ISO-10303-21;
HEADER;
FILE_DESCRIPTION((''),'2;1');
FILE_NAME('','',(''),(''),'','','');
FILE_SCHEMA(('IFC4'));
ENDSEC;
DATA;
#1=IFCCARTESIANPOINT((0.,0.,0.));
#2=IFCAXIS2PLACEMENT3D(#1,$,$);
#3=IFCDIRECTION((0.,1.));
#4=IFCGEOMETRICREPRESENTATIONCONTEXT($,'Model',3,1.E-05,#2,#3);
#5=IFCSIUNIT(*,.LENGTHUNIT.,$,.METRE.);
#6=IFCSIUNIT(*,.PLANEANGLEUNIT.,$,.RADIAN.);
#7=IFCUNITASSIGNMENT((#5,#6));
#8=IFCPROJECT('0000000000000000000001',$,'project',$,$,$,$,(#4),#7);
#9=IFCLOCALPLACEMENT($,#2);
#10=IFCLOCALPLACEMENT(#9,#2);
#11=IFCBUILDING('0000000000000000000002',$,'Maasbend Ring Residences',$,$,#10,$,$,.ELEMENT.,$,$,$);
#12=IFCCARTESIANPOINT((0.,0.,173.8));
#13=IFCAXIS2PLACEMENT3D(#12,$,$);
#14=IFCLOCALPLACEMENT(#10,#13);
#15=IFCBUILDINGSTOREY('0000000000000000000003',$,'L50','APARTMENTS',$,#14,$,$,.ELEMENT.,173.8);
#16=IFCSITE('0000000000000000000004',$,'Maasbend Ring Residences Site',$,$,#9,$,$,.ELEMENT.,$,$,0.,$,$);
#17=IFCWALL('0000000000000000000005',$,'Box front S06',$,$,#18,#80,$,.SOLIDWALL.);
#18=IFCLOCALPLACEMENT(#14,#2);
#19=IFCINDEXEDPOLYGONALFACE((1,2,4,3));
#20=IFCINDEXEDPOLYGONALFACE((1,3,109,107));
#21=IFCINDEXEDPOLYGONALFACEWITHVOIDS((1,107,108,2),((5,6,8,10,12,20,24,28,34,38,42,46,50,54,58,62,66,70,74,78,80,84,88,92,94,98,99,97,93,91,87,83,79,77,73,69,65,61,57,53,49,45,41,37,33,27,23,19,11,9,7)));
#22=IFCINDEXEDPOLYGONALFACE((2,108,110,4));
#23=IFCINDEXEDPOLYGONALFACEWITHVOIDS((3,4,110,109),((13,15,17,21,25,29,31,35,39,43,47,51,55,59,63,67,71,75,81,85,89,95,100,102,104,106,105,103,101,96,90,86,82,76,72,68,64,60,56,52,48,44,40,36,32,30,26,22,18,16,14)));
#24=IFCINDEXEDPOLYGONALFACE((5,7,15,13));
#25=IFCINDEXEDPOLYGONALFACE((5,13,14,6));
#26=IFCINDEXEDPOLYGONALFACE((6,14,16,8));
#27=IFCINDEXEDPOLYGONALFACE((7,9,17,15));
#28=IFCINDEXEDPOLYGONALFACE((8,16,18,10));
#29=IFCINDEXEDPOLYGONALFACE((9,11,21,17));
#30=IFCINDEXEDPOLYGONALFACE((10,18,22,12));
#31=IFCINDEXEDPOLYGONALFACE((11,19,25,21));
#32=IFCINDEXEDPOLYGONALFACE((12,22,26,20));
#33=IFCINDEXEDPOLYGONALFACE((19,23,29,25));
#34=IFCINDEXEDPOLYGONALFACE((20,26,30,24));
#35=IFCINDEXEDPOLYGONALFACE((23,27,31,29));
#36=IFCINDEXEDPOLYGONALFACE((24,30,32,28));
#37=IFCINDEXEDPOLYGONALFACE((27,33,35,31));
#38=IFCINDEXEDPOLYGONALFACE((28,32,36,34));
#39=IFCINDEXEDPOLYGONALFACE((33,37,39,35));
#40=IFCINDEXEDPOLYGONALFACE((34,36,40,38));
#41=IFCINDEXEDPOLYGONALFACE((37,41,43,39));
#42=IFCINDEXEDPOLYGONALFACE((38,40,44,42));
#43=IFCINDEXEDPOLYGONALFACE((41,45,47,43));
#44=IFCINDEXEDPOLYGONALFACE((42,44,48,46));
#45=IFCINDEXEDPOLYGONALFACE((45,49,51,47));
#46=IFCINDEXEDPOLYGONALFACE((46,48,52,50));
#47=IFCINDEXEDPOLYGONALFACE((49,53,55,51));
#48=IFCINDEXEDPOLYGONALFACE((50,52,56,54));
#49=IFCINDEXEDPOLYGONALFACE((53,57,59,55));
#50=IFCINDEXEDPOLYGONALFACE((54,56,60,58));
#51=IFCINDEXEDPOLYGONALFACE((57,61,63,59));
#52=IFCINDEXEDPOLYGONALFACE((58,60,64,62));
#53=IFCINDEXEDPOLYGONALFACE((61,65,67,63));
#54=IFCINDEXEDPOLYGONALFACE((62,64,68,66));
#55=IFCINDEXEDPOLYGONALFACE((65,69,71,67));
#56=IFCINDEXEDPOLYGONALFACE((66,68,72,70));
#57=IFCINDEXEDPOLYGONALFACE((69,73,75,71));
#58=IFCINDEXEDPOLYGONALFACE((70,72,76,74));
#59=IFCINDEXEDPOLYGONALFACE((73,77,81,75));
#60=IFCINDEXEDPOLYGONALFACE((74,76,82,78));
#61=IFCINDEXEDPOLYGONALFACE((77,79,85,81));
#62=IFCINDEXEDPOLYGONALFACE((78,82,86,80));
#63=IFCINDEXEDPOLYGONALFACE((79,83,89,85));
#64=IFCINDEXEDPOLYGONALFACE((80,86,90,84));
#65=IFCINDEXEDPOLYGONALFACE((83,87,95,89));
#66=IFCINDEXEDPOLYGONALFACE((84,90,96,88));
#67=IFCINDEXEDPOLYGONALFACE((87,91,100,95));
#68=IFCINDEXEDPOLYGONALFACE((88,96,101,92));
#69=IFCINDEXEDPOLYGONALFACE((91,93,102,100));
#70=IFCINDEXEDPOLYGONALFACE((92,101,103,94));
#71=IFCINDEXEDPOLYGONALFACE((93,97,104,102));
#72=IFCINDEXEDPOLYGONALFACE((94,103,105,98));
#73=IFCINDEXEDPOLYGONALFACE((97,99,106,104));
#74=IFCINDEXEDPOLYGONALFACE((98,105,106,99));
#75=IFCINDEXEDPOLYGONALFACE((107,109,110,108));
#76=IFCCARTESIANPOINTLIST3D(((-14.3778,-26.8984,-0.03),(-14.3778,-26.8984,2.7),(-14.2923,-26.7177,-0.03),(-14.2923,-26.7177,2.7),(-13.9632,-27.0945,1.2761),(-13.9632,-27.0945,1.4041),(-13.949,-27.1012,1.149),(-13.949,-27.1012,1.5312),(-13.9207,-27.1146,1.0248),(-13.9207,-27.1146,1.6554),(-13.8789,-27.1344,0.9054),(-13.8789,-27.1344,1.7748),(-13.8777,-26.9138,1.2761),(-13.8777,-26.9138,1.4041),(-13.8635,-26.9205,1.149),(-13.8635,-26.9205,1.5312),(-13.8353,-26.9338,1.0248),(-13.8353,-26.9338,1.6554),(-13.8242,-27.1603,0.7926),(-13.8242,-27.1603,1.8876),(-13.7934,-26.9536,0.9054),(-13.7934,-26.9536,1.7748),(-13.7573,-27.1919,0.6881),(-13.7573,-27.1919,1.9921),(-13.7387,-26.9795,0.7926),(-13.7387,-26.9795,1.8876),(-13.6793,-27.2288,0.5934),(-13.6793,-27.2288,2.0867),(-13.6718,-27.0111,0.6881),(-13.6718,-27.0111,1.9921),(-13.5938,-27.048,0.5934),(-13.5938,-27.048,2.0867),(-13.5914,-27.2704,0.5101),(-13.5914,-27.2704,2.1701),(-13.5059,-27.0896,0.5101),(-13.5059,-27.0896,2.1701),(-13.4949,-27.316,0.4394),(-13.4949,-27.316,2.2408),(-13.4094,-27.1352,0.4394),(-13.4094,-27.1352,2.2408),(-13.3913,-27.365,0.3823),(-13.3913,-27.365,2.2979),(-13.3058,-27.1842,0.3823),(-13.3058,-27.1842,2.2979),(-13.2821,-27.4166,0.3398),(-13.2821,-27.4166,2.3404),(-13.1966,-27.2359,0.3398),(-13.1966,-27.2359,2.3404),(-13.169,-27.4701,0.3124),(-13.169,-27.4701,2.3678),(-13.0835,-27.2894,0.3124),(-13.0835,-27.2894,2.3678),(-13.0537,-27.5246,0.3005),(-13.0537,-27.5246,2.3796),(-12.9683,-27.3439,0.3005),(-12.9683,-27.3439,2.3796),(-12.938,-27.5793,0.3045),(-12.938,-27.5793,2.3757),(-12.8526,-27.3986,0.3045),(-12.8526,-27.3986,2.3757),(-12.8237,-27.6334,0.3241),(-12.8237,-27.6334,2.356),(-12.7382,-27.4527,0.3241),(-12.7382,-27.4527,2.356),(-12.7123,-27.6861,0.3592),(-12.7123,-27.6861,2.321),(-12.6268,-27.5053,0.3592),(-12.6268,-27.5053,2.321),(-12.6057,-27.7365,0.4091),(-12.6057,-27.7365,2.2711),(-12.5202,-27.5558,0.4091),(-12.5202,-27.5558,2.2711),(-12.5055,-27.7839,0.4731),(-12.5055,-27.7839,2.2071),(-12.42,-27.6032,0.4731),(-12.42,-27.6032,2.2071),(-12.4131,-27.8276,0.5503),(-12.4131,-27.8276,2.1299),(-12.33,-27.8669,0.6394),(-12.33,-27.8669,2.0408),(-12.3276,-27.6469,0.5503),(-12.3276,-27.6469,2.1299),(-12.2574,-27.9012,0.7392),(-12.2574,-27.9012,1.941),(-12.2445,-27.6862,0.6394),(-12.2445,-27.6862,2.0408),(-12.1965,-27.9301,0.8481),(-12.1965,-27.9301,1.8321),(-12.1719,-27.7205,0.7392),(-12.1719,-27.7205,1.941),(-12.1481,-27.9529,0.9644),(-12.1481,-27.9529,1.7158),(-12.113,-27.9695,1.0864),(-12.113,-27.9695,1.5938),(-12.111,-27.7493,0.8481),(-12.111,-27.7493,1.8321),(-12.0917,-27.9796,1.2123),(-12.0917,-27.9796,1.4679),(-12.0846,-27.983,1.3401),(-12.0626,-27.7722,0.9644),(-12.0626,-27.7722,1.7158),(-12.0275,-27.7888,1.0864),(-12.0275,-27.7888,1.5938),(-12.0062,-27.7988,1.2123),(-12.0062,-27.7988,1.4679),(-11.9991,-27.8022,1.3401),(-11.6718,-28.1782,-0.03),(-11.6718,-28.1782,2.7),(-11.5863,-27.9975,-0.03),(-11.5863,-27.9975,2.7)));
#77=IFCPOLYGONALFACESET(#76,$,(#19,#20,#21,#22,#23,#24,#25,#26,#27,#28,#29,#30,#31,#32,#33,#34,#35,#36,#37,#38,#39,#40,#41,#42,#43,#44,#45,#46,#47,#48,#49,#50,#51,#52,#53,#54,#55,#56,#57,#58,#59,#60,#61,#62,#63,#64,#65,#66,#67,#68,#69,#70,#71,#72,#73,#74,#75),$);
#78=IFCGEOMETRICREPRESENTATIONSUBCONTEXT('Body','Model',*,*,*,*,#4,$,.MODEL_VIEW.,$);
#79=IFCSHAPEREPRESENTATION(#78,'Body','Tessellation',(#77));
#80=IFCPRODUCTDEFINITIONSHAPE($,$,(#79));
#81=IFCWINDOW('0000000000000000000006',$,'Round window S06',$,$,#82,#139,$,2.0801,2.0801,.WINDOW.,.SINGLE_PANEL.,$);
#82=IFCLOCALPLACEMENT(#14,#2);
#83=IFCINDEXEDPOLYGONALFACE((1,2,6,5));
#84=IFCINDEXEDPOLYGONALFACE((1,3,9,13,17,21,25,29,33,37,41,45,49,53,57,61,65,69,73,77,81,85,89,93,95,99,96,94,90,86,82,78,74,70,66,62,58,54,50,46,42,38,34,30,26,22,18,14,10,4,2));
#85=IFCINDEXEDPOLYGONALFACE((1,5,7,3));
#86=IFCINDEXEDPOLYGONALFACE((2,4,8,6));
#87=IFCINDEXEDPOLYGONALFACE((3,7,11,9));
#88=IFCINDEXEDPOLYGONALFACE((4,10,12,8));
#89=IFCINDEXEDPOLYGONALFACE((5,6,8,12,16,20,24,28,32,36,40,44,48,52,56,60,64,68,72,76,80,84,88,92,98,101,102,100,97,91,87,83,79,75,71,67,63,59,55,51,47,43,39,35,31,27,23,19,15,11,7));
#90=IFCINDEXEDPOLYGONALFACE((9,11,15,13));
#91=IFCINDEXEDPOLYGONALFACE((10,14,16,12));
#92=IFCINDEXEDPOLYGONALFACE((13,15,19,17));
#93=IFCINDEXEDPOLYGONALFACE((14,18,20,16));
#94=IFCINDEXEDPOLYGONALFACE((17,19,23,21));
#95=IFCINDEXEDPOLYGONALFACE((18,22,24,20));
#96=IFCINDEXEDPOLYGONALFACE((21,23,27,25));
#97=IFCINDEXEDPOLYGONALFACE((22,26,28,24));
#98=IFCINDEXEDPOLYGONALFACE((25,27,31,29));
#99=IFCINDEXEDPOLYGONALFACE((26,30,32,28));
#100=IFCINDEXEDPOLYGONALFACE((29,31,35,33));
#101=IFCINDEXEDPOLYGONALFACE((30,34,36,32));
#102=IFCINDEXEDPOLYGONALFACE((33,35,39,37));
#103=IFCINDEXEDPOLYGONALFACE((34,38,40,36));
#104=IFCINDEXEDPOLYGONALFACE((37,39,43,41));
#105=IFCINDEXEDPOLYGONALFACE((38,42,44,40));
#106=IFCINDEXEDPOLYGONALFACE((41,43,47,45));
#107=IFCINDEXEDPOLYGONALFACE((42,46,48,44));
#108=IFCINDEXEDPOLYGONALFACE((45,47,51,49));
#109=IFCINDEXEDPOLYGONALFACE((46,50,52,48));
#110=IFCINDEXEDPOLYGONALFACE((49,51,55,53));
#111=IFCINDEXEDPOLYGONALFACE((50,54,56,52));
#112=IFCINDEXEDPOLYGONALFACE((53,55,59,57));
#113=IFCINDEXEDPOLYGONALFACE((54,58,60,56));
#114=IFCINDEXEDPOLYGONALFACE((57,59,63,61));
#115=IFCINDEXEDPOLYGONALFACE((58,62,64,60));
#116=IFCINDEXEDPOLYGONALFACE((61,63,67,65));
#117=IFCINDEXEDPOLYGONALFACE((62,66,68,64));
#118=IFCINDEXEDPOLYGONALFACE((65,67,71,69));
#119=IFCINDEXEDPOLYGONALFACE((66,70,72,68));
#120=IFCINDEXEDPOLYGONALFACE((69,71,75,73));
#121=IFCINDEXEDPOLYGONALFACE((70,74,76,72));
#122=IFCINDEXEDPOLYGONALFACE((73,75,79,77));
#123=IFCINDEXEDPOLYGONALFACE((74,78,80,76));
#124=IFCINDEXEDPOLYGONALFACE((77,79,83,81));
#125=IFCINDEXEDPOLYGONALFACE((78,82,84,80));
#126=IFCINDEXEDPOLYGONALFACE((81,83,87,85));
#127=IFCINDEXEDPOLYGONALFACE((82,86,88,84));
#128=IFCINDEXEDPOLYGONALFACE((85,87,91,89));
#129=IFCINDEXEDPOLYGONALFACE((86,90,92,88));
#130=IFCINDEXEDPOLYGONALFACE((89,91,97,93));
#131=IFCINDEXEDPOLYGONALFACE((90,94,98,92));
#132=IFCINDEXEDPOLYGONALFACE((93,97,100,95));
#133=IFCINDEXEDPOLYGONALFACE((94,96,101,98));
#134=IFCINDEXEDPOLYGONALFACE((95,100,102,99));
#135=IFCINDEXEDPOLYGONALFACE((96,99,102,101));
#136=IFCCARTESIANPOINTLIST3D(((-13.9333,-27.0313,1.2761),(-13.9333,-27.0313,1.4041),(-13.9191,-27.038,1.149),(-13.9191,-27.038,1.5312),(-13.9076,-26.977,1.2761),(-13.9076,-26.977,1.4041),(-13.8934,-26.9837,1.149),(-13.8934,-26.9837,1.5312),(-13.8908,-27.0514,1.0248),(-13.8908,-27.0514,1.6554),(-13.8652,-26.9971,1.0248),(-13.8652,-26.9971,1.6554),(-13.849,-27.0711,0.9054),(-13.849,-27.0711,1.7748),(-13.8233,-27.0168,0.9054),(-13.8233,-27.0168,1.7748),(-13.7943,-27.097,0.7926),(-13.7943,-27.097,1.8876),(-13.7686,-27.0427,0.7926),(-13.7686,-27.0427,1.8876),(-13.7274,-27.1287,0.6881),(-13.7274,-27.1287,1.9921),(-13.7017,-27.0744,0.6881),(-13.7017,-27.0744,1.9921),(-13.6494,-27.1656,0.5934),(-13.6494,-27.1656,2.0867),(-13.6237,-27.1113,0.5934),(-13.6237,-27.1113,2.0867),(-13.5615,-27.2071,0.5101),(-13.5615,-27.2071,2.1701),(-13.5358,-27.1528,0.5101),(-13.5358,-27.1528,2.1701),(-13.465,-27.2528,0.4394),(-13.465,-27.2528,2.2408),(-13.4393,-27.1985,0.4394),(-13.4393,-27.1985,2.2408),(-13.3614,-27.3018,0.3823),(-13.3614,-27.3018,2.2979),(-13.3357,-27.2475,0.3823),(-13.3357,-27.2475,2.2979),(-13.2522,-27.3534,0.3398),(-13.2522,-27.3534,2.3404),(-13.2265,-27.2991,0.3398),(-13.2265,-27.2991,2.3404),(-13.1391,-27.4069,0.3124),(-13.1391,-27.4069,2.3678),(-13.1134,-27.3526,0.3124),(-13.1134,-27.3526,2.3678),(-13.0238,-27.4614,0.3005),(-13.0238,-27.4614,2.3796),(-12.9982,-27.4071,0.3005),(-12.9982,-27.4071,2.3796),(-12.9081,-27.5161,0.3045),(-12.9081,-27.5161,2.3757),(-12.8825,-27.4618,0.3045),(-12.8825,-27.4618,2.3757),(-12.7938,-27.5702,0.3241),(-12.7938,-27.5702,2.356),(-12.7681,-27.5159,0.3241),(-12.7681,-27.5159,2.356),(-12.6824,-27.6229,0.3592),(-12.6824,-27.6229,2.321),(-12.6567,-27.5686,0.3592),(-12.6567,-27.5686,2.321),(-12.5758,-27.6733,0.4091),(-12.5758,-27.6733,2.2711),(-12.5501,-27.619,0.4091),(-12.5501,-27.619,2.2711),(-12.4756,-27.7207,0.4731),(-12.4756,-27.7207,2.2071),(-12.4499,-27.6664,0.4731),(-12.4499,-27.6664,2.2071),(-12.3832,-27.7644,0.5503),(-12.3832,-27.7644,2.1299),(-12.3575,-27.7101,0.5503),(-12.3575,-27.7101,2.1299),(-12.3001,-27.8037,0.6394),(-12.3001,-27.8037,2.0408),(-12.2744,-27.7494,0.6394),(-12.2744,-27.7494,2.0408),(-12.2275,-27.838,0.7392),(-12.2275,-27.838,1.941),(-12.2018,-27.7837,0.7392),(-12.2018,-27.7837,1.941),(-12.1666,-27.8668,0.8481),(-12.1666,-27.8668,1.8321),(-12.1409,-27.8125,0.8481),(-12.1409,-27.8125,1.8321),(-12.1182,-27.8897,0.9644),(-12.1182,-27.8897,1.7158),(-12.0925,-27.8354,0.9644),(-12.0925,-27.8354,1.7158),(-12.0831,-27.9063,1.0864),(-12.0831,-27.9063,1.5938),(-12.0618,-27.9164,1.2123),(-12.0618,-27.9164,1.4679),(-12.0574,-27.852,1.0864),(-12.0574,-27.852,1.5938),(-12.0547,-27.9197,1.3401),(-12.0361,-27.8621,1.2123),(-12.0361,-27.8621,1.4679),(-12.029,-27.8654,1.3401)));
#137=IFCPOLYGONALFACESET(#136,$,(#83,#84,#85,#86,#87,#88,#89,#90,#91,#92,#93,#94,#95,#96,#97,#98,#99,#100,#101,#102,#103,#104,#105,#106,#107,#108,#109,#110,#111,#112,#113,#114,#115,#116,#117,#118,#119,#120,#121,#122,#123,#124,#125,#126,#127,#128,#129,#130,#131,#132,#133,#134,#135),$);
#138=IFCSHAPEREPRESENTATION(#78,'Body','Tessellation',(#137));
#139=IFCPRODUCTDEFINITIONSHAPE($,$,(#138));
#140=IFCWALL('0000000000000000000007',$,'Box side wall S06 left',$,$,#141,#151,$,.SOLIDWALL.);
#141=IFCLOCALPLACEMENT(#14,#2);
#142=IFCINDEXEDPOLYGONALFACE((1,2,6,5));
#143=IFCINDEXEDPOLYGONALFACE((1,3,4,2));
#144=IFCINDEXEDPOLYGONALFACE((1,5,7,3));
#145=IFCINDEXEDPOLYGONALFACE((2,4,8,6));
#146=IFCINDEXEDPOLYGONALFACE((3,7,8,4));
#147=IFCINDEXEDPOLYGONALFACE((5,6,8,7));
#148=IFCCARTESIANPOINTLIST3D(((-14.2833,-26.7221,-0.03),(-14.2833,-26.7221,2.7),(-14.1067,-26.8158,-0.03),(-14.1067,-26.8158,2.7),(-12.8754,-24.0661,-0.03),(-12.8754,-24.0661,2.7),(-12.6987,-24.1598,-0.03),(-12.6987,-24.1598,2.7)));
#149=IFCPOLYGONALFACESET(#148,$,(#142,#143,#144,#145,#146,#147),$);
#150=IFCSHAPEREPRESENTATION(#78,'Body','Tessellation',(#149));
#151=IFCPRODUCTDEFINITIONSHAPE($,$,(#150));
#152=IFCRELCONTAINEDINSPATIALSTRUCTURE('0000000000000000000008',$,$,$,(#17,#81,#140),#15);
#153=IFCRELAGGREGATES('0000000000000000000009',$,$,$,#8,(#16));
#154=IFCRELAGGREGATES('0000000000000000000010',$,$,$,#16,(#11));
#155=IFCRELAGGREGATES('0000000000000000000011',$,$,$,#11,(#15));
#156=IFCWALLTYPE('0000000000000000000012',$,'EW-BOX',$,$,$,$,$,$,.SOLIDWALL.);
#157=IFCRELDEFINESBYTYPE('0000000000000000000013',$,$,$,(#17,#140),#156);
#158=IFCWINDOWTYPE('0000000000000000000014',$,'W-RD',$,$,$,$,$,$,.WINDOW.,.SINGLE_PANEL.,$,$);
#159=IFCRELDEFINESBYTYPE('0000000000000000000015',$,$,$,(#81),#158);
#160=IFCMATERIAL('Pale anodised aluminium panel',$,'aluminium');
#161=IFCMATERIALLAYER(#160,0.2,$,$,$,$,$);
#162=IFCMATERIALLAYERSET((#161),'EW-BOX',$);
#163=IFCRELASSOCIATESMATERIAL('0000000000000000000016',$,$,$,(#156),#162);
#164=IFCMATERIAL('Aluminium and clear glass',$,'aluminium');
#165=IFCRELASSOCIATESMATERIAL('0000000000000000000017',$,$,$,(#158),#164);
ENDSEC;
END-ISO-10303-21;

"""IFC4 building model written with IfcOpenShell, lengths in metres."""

from ifc_helpers import new_model, si_unit, direction, frame, frame_2d, origin, place, context, subcontext, project, spatial, rectangle, circle, extrude, material, layer, layer_set, type_object, element, fill, save


model = new_model("IFC4")

# Units and contexts
model_context = context("Model", 3, precision=1e-05, world=origin(), true_north=direction((0.0, 1.0)))
body_context = subcontext(model_context, "Body", "Model", "MODEL_VIEW")
ifc_project = project(units=[si_unit("LENGTHUNIT", "METRE"), si_unit("PLANEANGLEUNIT", "RADIAN")], contexts=[model_context])

# Site, building, storey
site_placement = place(None, origin())
site = spatial("IfcSite", under=ifc_project, at=site_placement, Name="Maasbend Ring Residences Site", CompositionType="ELEMENT", RefElevation=0.0)
building_placement = place(site_placement, origin())
building = spatial("IfcBuilding", under=site, at=building_placement, Name="Maasbend Ring Residences", CompositionType="ELEMENT")
storey_placement = place(building_placement, frame((0.0, 0.0, 173.8)))
storey = spatial("IfcBuildingStorey", under=building, at=storey_placement, Name="L50", Description="APARTMENTS", CompositionType="ELEMENT", Elevation=173.8)

# Shared definitions
ifc_material_1 = material(Name="Pale anodised aluminium panel", Category="aluminium")
ifc_layer_1 = layer(ifc_material_1, 0.2)
ifc_layer_set_1 = layer_set([ifc_layer_1], Name="EW-BOX")
wall_type_1 = type_object("IfcWallType", Name="EW-BOX", PredefinedType="SOLIDWALL", material=ifc_layer_set_1)

# Wall, opening, window
wall_1_placement = place(storey_placement, frame((-14.335, -26.8081, -0.03), z_axis=(0.0, 0.0, 1.0), x_axis=(0.904, -0.427532, 0.0)))
wall_1 = element("IfcWall", 1, at=wall_1_placement, inside=storey, type_object=wall_type_1, Name="Box front S06", PredefinedType="SOLIDWALL", context=body_context, shape_type="SweptSolid", body=[
    extrude(rectangle(XDim=2.9934, YDim=0.2, at=frame_2d((1.4966, 0.0))), origin(), (0.0, 0.0, 1.0), 2.73),
])
opening_1_placement = place(wall_1_placement, frame((0.4565, 0.0, 0.3301)))
opening_1 = element("IfcOpeningElement", 2, at=opening_1_placement, cuts=wall_1, PredefinedType="OPENING", context=body_context, shape_type="SweptSolid", body=[
    extrude(circle(Radius=1.04, at=frame_2d((1.04, 1.04))), frame((0.0, 0.1099, 0.0), z_axis=(0.0, -1.0, 0.0), x_axis=(1.0, 0.0, 0.0)), (0.0, 0.0, 1.0), 0.22),
])
ifc_material_2 = material(Name="Aluminium and clear glass", Category="aluminium")
window_type_1 = type_object("IfcWindowType", Name="W-RD", PartitioningType="SINGLE_PANEL", PredefinedType="WINDOW", material=ifc_material_2)
window_1_placement = place(opening_1_placement, origin())
window_1 = element("IfcWindow", 3, at=window_1_placement, inside=storey, type_object=window_type_1, Name="Round window S06", OverallHeight=2.0801, OverallWidth=2.0801, PartitioningType="SINGLE_PANEL", PredefinedType="WINDOW", context=body_context, shape_type="SweptSolid", body=[
    extrude(circle(Radius=1.04, at=frame_2d((1.04, 1.04))), frame((0.0, 0.03, 0.0), z_axis=(0.0, -1.0, 0.0), x_axis=(1.0, 0.0, 0.0)), (0.0, 0.0, 1.0), 0.0601),
])
fill(opening_1, window_1)

# Wall
wall_2_placement = place(storey_placement, frame((-12.7871, -24.113, -0.03), z_axis=(0.0, 0.0, 1.0), x_axis=(-0.468365, -0.883535, 0.0)))
element("IfcWall", 4, at=wall_2_placement, inside=storey, type_object=wall_type_1, Name="Box side wall S06 left", PredefinedType="SOLIDWALL", context=body_context, shape_type="SweptSolid", body=[
    extrude(rectangle(XDim=3.0061, YDim=0.2, at=frame_2d((1.5029, 0.0))), origin(), (0.0, 0.0, 1.0), 2.73),
])

save(model, "model.ifc")
